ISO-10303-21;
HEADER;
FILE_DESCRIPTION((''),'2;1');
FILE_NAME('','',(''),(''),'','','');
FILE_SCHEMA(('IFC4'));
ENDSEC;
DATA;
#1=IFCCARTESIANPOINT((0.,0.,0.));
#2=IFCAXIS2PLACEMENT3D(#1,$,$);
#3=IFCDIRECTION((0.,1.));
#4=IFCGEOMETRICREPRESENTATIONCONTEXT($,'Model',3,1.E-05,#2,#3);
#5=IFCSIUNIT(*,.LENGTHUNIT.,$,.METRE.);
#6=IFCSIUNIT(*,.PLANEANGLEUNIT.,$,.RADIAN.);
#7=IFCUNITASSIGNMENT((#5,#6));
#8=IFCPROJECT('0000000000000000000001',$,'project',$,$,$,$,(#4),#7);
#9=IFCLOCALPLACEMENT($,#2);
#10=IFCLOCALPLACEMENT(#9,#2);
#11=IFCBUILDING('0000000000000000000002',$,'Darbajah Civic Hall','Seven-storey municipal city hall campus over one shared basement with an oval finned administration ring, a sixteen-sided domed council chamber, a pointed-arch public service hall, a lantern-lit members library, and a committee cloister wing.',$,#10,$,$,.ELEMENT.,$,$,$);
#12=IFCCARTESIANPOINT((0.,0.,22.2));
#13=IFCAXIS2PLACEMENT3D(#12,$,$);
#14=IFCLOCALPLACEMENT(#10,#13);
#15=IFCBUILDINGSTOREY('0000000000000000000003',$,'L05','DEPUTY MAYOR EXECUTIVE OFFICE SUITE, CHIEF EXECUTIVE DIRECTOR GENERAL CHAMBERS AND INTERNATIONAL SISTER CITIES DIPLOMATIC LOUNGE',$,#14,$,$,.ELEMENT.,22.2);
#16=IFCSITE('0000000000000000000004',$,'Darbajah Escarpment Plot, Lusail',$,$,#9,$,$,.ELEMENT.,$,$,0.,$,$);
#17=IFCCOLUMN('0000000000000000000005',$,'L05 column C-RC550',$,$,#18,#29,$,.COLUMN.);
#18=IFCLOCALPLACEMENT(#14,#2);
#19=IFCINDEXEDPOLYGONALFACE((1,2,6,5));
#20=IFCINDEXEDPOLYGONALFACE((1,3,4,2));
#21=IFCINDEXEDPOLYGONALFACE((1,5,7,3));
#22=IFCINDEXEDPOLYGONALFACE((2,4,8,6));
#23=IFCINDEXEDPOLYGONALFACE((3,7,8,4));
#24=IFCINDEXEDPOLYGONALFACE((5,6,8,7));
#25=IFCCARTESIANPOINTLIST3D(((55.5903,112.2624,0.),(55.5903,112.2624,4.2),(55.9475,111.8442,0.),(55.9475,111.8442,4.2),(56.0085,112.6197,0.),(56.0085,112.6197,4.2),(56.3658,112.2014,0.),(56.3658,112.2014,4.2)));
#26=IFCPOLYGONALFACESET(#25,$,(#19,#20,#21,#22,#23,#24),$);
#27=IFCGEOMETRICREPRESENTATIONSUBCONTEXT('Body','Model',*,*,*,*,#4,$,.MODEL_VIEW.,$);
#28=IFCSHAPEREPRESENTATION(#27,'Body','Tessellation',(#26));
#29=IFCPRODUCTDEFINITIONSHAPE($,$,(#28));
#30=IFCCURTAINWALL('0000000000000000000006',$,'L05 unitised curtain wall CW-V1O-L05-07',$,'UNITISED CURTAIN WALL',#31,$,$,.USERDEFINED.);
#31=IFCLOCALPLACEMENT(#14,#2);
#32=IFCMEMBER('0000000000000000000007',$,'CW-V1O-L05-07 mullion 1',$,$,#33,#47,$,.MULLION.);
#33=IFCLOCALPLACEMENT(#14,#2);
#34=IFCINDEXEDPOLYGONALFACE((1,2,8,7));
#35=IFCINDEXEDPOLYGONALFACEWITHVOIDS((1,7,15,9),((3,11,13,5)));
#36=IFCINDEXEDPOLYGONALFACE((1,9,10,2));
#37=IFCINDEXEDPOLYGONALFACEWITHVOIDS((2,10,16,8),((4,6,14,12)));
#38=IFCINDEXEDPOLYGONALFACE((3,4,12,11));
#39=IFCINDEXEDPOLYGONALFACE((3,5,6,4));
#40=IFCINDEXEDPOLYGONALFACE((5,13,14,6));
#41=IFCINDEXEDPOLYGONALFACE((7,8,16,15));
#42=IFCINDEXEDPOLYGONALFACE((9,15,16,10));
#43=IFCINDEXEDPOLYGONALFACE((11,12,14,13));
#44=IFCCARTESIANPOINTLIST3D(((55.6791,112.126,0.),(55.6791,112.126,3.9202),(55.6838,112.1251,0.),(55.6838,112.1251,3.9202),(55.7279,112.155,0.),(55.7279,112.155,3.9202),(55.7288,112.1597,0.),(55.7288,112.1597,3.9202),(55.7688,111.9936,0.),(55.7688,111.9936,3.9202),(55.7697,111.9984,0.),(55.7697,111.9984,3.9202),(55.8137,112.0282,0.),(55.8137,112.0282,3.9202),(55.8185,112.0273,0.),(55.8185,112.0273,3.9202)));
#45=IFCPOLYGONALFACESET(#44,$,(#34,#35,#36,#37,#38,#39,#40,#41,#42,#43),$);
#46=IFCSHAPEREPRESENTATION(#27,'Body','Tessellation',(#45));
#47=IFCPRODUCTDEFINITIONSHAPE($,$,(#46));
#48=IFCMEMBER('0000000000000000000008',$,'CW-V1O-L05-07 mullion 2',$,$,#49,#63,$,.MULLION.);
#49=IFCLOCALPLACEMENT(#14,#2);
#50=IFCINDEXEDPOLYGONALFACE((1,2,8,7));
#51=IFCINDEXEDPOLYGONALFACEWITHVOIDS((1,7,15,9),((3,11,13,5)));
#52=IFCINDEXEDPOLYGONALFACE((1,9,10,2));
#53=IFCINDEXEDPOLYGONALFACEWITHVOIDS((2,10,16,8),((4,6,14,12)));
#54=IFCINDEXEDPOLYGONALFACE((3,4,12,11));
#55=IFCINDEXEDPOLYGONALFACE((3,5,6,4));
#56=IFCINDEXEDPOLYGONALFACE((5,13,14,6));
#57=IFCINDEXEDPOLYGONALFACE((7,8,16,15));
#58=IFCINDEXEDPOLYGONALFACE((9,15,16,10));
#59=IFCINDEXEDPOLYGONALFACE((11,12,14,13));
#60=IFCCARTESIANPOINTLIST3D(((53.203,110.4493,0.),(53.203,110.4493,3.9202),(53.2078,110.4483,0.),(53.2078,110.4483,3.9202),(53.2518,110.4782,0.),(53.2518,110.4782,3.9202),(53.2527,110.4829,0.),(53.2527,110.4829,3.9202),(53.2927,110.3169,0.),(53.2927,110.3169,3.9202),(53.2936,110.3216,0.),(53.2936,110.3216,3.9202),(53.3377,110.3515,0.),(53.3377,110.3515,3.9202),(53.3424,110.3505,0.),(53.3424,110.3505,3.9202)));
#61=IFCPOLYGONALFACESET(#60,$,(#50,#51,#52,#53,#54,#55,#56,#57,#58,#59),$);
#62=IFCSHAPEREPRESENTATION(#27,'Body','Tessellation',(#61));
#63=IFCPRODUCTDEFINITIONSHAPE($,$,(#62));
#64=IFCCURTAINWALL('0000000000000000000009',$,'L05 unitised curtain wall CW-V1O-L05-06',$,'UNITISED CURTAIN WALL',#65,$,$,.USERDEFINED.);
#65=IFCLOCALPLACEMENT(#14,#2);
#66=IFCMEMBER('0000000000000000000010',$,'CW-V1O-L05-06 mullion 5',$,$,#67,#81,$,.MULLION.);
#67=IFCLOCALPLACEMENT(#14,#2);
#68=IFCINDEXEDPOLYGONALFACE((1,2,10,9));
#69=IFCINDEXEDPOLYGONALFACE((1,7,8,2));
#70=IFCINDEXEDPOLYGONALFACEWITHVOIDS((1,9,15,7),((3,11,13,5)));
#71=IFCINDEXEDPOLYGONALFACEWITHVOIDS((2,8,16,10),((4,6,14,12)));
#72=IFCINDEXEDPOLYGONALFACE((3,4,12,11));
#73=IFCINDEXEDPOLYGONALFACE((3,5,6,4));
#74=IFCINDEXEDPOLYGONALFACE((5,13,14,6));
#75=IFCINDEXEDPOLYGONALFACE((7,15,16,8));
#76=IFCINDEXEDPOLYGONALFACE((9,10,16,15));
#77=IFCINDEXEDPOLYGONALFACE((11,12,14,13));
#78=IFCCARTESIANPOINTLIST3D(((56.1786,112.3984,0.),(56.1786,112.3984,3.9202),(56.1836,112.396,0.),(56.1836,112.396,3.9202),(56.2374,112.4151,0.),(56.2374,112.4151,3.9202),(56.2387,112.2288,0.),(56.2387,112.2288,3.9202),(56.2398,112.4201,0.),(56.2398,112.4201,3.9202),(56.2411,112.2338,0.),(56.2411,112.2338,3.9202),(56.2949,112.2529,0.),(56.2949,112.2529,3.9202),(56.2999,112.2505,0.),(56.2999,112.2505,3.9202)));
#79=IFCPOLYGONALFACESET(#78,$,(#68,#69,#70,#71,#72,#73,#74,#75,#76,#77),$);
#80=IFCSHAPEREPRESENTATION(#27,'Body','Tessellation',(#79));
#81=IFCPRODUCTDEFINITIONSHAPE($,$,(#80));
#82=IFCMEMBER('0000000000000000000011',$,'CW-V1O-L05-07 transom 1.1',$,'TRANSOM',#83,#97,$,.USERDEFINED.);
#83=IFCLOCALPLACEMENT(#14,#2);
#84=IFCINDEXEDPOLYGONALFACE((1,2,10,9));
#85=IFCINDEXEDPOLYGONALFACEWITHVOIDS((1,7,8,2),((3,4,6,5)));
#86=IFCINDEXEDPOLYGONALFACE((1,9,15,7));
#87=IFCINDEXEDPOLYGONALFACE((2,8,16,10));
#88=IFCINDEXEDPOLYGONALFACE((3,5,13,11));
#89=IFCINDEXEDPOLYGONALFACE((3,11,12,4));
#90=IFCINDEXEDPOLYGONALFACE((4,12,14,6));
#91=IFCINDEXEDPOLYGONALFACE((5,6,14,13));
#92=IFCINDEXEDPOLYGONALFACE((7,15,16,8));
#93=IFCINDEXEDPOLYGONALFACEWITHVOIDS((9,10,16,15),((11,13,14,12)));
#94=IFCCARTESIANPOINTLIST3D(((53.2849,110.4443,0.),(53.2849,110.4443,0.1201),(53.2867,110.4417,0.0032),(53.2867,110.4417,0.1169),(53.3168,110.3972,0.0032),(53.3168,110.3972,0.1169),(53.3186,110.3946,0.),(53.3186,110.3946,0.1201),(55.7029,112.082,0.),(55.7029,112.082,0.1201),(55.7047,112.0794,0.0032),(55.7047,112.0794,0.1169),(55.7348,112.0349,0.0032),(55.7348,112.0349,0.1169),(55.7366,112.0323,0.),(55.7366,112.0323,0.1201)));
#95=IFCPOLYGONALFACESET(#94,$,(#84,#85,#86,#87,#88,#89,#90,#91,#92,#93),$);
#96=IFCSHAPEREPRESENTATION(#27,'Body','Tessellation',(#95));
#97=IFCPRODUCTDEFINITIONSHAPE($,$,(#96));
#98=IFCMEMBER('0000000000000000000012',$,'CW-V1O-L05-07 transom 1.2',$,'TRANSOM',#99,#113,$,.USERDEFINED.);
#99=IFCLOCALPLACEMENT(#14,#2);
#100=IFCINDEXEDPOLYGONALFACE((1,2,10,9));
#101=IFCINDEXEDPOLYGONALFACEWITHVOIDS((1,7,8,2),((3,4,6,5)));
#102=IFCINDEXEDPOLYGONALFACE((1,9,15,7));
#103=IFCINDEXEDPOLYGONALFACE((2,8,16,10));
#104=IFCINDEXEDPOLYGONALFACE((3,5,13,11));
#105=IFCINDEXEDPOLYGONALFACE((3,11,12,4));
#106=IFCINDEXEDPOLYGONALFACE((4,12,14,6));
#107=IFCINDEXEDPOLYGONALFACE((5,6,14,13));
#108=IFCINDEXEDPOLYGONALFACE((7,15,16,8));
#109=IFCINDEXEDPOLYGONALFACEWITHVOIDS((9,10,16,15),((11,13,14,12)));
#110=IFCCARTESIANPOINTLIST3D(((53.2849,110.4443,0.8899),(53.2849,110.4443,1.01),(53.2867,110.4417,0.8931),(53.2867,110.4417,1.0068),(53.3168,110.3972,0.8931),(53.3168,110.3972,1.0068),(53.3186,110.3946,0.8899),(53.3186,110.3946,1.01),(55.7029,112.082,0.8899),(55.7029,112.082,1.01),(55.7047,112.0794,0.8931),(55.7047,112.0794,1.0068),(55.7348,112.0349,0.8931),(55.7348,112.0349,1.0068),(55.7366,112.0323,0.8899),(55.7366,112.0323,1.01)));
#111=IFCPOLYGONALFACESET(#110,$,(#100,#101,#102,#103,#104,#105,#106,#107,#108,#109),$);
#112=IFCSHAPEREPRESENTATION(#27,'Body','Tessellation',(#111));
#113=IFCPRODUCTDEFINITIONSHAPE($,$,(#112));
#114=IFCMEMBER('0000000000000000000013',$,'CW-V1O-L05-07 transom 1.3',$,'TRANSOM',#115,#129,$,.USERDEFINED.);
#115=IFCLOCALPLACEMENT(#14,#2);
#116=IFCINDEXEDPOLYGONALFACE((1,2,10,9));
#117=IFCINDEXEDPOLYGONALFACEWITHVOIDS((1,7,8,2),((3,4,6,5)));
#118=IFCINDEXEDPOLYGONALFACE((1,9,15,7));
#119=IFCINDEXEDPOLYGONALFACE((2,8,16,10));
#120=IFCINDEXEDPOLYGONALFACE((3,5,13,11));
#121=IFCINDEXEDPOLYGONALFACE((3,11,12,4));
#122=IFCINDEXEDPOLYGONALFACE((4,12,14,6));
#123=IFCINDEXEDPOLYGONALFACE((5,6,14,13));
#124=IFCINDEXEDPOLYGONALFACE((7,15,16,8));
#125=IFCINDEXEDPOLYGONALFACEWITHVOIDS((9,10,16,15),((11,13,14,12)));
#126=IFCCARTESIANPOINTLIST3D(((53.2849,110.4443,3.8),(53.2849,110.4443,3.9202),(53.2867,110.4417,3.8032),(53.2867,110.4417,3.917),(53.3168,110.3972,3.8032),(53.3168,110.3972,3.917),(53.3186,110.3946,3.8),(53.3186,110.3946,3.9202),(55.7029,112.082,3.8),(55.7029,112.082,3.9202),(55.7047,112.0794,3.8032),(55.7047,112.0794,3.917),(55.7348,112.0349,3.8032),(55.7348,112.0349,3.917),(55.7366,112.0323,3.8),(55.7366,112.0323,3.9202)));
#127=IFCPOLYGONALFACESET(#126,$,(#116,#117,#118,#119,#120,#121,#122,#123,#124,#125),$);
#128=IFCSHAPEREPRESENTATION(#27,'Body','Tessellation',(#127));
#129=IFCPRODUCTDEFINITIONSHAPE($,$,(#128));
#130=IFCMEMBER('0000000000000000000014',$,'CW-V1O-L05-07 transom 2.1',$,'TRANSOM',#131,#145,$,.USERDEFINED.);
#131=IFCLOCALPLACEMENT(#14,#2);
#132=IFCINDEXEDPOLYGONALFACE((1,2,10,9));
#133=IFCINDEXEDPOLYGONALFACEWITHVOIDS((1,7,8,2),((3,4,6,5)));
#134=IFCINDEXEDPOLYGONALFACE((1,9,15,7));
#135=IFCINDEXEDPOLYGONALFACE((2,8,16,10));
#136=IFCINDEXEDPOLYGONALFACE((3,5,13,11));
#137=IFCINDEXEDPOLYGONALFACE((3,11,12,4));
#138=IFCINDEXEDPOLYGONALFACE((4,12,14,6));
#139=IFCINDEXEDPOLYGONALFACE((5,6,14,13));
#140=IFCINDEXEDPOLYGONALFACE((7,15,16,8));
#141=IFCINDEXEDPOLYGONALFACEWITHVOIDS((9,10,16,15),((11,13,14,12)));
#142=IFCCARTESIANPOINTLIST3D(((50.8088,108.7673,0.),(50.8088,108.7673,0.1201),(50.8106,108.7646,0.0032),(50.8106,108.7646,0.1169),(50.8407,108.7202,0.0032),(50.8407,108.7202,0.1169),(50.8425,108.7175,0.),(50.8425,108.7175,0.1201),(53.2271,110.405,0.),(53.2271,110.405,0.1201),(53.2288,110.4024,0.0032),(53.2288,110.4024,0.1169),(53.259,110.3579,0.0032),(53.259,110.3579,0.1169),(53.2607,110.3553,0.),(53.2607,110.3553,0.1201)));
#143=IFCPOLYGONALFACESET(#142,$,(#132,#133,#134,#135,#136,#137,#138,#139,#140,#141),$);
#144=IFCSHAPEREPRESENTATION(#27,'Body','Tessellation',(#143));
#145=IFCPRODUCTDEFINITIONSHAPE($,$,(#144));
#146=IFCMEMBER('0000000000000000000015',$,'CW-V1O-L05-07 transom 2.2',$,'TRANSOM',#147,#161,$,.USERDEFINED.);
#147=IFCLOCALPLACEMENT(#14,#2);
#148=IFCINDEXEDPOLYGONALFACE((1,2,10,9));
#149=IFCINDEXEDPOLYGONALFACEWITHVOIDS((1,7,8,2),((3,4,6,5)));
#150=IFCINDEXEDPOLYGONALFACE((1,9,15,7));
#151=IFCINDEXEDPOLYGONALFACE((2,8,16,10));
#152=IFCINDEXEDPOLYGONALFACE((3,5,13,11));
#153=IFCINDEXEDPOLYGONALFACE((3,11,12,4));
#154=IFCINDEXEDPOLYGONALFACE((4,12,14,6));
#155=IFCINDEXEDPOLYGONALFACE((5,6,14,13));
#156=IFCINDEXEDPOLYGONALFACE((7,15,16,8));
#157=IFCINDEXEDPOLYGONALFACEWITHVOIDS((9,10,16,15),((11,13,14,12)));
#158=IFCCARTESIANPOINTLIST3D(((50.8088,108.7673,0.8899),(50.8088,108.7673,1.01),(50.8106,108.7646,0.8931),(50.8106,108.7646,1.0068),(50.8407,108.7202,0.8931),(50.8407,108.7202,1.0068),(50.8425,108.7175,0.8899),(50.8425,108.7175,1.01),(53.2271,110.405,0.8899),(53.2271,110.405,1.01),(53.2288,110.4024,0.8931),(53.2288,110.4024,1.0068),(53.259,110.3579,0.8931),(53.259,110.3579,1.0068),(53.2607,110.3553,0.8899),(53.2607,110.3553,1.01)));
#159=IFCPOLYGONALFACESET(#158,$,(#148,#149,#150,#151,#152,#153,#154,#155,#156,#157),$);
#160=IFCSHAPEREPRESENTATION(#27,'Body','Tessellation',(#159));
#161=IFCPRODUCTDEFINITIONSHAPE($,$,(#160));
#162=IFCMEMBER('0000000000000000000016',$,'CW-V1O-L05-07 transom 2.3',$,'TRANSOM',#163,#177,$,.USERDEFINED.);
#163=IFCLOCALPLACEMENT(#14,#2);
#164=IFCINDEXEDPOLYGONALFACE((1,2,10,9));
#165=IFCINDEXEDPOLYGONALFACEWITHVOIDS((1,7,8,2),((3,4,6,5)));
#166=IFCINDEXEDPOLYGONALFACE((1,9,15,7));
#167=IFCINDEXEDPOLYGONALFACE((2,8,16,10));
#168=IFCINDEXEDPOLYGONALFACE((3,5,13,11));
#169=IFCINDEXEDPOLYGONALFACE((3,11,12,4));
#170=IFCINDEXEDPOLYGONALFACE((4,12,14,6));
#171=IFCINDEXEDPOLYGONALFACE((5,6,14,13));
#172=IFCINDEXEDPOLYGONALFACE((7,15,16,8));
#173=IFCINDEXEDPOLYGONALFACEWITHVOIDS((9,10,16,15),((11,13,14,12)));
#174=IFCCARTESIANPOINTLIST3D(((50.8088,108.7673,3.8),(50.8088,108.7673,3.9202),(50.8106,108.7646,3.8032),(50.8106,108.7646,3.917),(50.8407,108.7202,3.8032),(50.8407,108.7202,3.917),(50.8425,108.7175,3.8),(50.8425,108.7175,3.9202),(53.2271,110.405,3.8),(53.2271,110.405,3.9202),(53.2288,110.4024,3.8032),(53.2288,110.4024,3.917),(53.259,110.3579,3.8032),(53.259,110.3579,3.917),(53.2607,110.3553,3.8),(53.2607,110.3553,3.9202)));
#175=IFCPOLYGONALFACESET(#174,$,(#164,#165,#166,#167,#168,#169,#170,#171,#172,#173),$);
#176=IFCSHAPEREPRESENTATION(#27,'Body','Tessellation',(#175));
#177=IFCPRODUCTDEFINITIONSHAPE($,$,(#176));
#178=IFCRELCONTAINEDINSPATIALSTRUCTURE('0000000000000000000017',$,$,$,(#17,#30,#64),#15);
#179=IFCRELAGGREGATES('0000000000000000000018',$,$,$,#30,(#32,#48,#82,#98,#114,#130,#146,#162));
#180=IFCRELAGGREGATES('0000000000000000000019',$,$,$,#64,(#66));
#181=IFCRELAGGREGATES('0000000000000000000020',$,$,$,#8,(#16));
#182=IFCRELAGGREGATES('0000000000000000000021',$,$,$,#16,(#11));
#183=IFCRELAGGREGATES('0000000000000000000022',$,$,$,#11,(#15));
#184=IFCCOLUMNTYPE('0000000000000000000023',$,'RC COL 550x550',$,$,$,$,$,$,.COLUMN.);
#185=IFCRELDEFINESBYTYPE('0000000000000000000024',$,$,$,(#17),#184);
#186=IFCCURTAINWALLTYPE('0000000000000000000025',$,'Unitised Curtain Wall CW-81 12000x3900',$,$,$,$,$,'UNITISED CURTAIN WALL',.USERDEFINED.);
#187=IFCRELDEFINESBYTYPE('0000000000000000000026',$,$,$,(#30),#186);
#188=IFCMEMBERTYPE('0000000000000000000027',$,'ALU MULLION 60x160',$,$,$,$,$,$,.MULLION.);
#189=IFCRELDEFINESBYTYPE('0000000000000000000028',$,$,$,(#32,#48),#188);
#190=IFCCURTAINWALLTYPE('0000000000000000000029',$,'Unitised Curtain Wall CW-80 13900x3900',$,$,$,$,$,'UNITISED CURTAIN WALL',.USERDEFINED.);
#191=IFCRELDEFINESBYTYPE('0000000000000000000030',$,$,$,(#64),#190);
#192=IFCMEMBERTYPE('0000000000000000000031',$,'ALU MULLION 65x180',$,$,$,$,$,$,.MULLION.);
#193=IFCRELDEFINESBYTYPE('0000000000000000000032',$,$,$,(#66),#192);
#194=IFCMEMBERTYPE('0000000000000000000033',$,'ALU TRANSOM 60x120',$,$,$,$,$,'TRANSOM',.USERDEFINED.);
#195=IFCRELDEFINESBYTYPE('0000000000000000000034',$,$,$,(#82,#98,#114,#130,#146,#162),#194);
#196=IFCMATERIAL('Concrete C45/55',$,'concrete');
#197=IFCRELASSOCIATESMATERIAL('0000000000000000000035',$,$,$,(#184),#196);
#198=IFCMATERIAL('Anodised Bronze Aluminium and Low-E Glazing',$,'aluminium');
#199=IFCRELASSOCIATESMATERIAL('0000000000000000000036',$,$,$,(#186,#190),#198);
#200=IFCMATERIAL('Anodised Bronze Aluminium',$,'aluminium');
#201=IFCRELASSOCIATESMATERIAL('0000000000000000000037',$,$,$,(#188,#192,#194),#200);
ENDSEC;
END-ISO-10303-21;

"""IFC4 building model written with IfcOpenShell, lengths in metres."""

from ifc_helpers import new_model, si_unit, direction, frame, origin, origin_2d, place, context, subcontext, project, spatial, rectangle, hollow_rectangle, extrude, material, material_profile, profile_set, type_object, element, aggregate, save


model = new_model("IFC4")

# Units and contexts
model_context = context("Model", 3, precision=1e-05, world=origin(), true_north=direction((0.0, 1.0)))
body_context = subcontext(model_context, "Body", "Model", "MODEL_VIEW")
ifc_project = project(units=[si_unit("LENGTHUNIT", "METRE"), si_unit("PLANEANGLEUNIT", "RADIAN")], contexts=[model_context])

# Site, building, storey
site_placement = place(None, origin())
site = spatial("IfcSite", under=ifc_project, at=site_placement, Name="Darbajah Escarpment Plot, Lusail", CompositionType="ELEMENT", RefElevation=0.0)
building_placement = place(site_placement, origin())
building = spatial("IfcBuilding", under=site, at=building_placement, Name="Darbajah Civic Hall", Description="Seven-storey municipal city hall campus over one shared basement with an oval finned administration ring, a sixteen-sided domed council chamber, a pointed-arch public service hall, a lantern-lit members library, and a committee cloister wing.", CompositionType="ELEMENT")
storey_placement = place(building_placement, frame((0.0, 0.0, 22.2)))
storey = spatial("IfcBuildingStorey", under=building, at=storey_placement, Name="L05", Description="DEPUTY MAYOR EXECUTIVE OFFICE SUITE, CHIEF EXECUTIVE DIRECTOR GENERAL CHAMBERS AND INTERNATIONAL SISTER CITIES DIPLOMATIC LOUNGE", CompositionType="ELEMENT", Elevation=22.2)

# Column
ifc_material_1 = material(Name="Concrete C45/55", Category="concrete")
ifc_material_profile_1 = material_profile(ifc_material_1, rectangle(XDim=0.55, YDim=0.55, at=origin_2d()), Name="RC COL 550x550")
ifc_profile_set_1 = profile_set([ifc_material_profile_1], Name="Concrete C45/55")
column_type = type_object("IfcColumnType", Name="RC COL 550x550", PredefinedType="COLUMN", material=ifc_profile_set_1)
column_placement = place(storey_placement, frame((55.978, 112.2319, 0.0), z_axis=(0.0, 0.0, 1.0), x_axis=(-0.649448, 0.760406, 0.0)))
element("IfcColumn", 1, at=column_placement, inside=storey, type_object=column_type, Name="L05 column C-RC550", PredefinedType="COLUMN", context=body_context, shape_type="SweptSolid", body=[
    extrude(rectangle(XDim=0.55, YDim=0.55, at=origin_2d()), origin(), (0.0, 0.0, 1.0), 4.2),
])

# Curtain wall, members
ifc_material_2 = material(Name="Anodised Bronze Aluminium and Low-E Glazing", Category="aluminium")
curtain_wall_type_1 = type_object("IfcCurtainWallType", Name="Unitised Curtain Wall CW-81 12000x3900", ElementType="UNITISED CURTAIN WALL", PredefinedType="USERDEFINED", material=ifc_material_2)
curtain_wall_1_placement = place(storey_placement, origin())
curtain_wall_1 = element("IfcCurtainWall", 2, at=curtain_wall_1_placement, inside=storey, type_object=curtain_wall_type_1, Name="L05 unitised curtain wall CW-V1O-L05-07", ObjectType="UNITISED CURTAIN WALL", PredefinedType="USERDEFINED")
ifc_material_3 = material(Name="Anodised Bronze Aluminium", Category="aluminium")
ifc_material_profile_2 = material_profile(ifc_material_3, hollow_rectangle(XDim=0.0601, YDim=0.1599, WallThickness=0.0034, at=origin_2d()), Name="ALU MULLION 60x160")
ifc_profile_set_2 = profile_set([ifc_material_profile_2], Name="Anodised Bronze Aluminium")
member_type_1 = type_object("IfcMemberType", Name="ALU MULLION 60x160", PredefinedType="MULLION", material=ifc_profile_set_2)
member_1_placement = place(storey_placement, frame((55.7488, 112.0767, 0.0), z_axis=(0.0, 0.0, 1.0), x_axis=(-0.827962, -0.560784, 0.0)))
member_1 = element("IfcMember", 3, at=member_1_placement, type_object=member_type_1, Name="CW-V1O-L05-07 mullion 1", PredefinedType="MULLION", context=body_context, shape_type="SweptSolid", body=[
    extrude(hollow_rectangle(XDim=0.0601, YDim=0.1599, WallThickness=0.0034, at=origin_2d()), origin(), (0.0, 0.0, 1.0), 3.9202),
])
member_2_placement = place(storey_placement, frame((53.2727, 110.3999, 0.0), z_axis=(0.0, 0.0, 1.0), x_axis=(-0.827962, -0.560784, 0.0)))
member_2 = element("IfcMember", 4, at=member_2_placement, type_object=member_type_1, Name="CW-V1O-L05-07 mullion 2", PredefinedType="MULLION", context=body_context, shape_type="SweptSolid", body=[
    extrude(hollow_rectangle(XDim=0.0601, YDim=0.1599, WallThickness=0.0034, at=origin_2d()), origin(), (0.0, 0.0, 1.0), 3.9202),
])

# Curtain wall, member
curtain_wall_type_2 = type_object("IfcCurtainWallType", Name="Unitised Curtain Wall CW-80 13900x3900", ElementType="UNITISED CURTAIN WALL", PredefinedType="USERDEFINED", material=ifc_material_2)
curtain_wall_2_placement = place(storey_placement, origin())
curtain_wall_2 = element("IfcCurtainWall", 5, at=curtain_wall_2_placement, inside=storey, type_object=curtain_wall_type_2, Name="L05 unitised curtain wall CW-V1O-L05-06", ObjectType="UNITISED CURTAIN WALL", PredefinedType="USERDEFINED")
ifc_material_profile_3 = material_profile(ifc_material_3, hollow_rectangle(XDim=0.0649, YDim=0.1799, WallThickness=0.0039, at=origin_2d()), Name="ALU MULLION 65x180")
ifc_profile_set_3 = profile_set([ifc_material_profile_3], Name="Anodised Bronze Aluminium")
member_type_2 = type_object("IfcMemberType", Name="ALU MULLION 65x180", PredefinedType="MULLION", material=ifc_profile_set_3)
member_3_placement = place(storey_placement, frame((56.2393, 112.3245, 0.0), z_axis=(0.0, 0.0, 1.0), x_axis=(-0.942525, -0.334136, 0.0)))
member_3 = element("IfcMember", 6, at=member_3_placement, type_object=member_type_2, Name="CW-V1O-L05-06 mullion 5", PredefinedType="MULLION", context=body_context, shape_type="SweptSolid", body=[
    extrude(hollow_rectangle(XDim=0.0649, YDim=0.1799, WallThickness=0.0039, at=origin_2d()), origin(), (0.0, 0.0, 1.0), 3.9202),
])

# Members
ifc_material_profile_4 = material_profile(ifc_material_3, hollow_rectangle(XDim=0.0601, YDim=0.1201, WallThickness=0.0032, at=origin_2d()), Name="ALU TRANSOM 60x120")
ifc_profile_set_4 = profile_set([ifc_material_profile_4], Name="Anodised Bronze Aluminium")
member_type_3 = type_object("IfcMemberType", Name="ALU TRANSOM 60x120", ElementType="TRANSOM", PredefinedType="USERDEFINED", material=ifc_profile_set_4)
member_4_placement = place(storey_placement, frame((55.7197, 112.0571, 0.0601), z_axis=(-0.827964, -0.560782, 0.0), x_axis=(0.560782, -0.827964, 0.0)))
member_4 = element("IfcMember", 7, at=member_4_placement, type_object=member_type_3, Name="CW-V1O-L05-07 transom 1.1", ObjectType="TRANSOM", PredefinedType="USERDEFINED", context=body_context, shape_type="SweptSolid", body=[
    extrude(hollow_rectangle(XDim=0.0601, YDim=0.1201, WallThickness=0.0032, at=origin_2d()), origin(), (0.0, 0.0, 1.0), 2.9204),
])
member_5_placement = place(storey_placement, frame((55.7197, 112.0571, 0.95), z_axis=(-0.827964, -0.560782, 0.0), x_axis=(0.560782, -0.827964, 0.0)))
member_5 = element("IfcMember", 8, at=member_5_placement, type_object=member_type_3, Name="CW-V1O-L05-07 transom 1.2", ObjectType="TRANSOM", PredefinedType="USERDEFINED", context=body_context, shape_type="SweptSolid", body=[
    extrude(hollow_rectangle(XDim=0.0601, YDim=0.1201, WallThickness=0.0032, at=origin_2d()), origin(), (0.0, 0.0, 1.0), 2.9204),
])
member_6_placement = place(storey_placement, frame((55.7197, 112.0571, 3.8601), z_axis=(-0.827964, -0.560782, 0.0), x_axis=(0.560782, -0.827964, 0.0)))
member_6 = element("IfcMember", 9, at=member_6_placement, type_object=member_type_3, Name="CW-V1O-L05-07 transom 1.3", ObjectType="TRANSOM", PredefinedType="USERDEFINED", context=body_context, shape_type="SweptSolid", body=[
    extrude(hollow_rectangle(XDim=0.0601, YDim=0.1201, WallThickness=0.0032, at=origin_2d()), origin(), (0.0, 0.0, 1.0), 2.9204),
])
member_7_placement = place(storey_placement, frame((53.2439, 110.3801, 0.0601), z_axis=(-0.82799, -0.560743, 0.0), x_axis=(0.560743, -0.82799, 0.0)))
member_7 = element("IfcMember", 10, at=member_7_placement, type_object=member_type_3, Name="CW-V1O-L05-07 transom 2.1", ObjectType="TRANSOM", PredefinedType="USERDEFINED", context=body_context, shape_type="SweptSolid", body=[
    extrude(hollow_rectangle(XDim=0.0601, YDim=0.1201, WallThickness=0.0032, at=origin_2d()), origin(), (0.0, 0.0, 1.0), 2.9207),
])
member_8_placement = place(storey_placement, frame((53.2439, 110.3801, 0.95), z_axis=(-0.82799, -0.560743, 0.0), x_axis=(0.560743, -0.82799, 0.0)))
member_8 = element("IfcMember", 11, at=member_8_placement, type_object=member_type_3, Name="CW-V1O-L05-07 transom 2.2", ObjectType="TRANSOM", PredefinedType="USERDEFINED", context=body_context, shape_type="SweptSolid", body=[
    extrude(hollow_rectangle(XDim=0.0601, YDim=0.1201, WallThickness=0.0032, at=origin_2d()), origin(), (0.0, 0.0, 1.0), 2.9207),
])
member_9_placement = place(storey_placement, frame((53.2439, 110.3801, 3.8601), z_axis=(-0.82799, -0.560743, 0.0), x_axis=(0.560743, -0.82799, 0.0)))
member_9 = element("IfcMember", 12, at=member_9_placement, type_object=member_type_3, Name="CW-V1O-L05-07 transom 2.3", ObjectType="TRANSOM", PredefinedType="USERDEFINED", context=body_context, shape_type="SweptSolid", body=[
    extrude(hollow_rectangle(XDim=0.0601, YDim=0.1201, WallThickness=0.0032, at=origin_2d()), origin(), (0.0, 0.0, 1.0), 2.9207),
])

aggregate(curtain_wall_1, [member_1, member_2, member_4, member_5, member_6, member_7, member_8, member_9])
aggregate(curtain_wall_2, [member_3])

save(model, "model.ifc")
